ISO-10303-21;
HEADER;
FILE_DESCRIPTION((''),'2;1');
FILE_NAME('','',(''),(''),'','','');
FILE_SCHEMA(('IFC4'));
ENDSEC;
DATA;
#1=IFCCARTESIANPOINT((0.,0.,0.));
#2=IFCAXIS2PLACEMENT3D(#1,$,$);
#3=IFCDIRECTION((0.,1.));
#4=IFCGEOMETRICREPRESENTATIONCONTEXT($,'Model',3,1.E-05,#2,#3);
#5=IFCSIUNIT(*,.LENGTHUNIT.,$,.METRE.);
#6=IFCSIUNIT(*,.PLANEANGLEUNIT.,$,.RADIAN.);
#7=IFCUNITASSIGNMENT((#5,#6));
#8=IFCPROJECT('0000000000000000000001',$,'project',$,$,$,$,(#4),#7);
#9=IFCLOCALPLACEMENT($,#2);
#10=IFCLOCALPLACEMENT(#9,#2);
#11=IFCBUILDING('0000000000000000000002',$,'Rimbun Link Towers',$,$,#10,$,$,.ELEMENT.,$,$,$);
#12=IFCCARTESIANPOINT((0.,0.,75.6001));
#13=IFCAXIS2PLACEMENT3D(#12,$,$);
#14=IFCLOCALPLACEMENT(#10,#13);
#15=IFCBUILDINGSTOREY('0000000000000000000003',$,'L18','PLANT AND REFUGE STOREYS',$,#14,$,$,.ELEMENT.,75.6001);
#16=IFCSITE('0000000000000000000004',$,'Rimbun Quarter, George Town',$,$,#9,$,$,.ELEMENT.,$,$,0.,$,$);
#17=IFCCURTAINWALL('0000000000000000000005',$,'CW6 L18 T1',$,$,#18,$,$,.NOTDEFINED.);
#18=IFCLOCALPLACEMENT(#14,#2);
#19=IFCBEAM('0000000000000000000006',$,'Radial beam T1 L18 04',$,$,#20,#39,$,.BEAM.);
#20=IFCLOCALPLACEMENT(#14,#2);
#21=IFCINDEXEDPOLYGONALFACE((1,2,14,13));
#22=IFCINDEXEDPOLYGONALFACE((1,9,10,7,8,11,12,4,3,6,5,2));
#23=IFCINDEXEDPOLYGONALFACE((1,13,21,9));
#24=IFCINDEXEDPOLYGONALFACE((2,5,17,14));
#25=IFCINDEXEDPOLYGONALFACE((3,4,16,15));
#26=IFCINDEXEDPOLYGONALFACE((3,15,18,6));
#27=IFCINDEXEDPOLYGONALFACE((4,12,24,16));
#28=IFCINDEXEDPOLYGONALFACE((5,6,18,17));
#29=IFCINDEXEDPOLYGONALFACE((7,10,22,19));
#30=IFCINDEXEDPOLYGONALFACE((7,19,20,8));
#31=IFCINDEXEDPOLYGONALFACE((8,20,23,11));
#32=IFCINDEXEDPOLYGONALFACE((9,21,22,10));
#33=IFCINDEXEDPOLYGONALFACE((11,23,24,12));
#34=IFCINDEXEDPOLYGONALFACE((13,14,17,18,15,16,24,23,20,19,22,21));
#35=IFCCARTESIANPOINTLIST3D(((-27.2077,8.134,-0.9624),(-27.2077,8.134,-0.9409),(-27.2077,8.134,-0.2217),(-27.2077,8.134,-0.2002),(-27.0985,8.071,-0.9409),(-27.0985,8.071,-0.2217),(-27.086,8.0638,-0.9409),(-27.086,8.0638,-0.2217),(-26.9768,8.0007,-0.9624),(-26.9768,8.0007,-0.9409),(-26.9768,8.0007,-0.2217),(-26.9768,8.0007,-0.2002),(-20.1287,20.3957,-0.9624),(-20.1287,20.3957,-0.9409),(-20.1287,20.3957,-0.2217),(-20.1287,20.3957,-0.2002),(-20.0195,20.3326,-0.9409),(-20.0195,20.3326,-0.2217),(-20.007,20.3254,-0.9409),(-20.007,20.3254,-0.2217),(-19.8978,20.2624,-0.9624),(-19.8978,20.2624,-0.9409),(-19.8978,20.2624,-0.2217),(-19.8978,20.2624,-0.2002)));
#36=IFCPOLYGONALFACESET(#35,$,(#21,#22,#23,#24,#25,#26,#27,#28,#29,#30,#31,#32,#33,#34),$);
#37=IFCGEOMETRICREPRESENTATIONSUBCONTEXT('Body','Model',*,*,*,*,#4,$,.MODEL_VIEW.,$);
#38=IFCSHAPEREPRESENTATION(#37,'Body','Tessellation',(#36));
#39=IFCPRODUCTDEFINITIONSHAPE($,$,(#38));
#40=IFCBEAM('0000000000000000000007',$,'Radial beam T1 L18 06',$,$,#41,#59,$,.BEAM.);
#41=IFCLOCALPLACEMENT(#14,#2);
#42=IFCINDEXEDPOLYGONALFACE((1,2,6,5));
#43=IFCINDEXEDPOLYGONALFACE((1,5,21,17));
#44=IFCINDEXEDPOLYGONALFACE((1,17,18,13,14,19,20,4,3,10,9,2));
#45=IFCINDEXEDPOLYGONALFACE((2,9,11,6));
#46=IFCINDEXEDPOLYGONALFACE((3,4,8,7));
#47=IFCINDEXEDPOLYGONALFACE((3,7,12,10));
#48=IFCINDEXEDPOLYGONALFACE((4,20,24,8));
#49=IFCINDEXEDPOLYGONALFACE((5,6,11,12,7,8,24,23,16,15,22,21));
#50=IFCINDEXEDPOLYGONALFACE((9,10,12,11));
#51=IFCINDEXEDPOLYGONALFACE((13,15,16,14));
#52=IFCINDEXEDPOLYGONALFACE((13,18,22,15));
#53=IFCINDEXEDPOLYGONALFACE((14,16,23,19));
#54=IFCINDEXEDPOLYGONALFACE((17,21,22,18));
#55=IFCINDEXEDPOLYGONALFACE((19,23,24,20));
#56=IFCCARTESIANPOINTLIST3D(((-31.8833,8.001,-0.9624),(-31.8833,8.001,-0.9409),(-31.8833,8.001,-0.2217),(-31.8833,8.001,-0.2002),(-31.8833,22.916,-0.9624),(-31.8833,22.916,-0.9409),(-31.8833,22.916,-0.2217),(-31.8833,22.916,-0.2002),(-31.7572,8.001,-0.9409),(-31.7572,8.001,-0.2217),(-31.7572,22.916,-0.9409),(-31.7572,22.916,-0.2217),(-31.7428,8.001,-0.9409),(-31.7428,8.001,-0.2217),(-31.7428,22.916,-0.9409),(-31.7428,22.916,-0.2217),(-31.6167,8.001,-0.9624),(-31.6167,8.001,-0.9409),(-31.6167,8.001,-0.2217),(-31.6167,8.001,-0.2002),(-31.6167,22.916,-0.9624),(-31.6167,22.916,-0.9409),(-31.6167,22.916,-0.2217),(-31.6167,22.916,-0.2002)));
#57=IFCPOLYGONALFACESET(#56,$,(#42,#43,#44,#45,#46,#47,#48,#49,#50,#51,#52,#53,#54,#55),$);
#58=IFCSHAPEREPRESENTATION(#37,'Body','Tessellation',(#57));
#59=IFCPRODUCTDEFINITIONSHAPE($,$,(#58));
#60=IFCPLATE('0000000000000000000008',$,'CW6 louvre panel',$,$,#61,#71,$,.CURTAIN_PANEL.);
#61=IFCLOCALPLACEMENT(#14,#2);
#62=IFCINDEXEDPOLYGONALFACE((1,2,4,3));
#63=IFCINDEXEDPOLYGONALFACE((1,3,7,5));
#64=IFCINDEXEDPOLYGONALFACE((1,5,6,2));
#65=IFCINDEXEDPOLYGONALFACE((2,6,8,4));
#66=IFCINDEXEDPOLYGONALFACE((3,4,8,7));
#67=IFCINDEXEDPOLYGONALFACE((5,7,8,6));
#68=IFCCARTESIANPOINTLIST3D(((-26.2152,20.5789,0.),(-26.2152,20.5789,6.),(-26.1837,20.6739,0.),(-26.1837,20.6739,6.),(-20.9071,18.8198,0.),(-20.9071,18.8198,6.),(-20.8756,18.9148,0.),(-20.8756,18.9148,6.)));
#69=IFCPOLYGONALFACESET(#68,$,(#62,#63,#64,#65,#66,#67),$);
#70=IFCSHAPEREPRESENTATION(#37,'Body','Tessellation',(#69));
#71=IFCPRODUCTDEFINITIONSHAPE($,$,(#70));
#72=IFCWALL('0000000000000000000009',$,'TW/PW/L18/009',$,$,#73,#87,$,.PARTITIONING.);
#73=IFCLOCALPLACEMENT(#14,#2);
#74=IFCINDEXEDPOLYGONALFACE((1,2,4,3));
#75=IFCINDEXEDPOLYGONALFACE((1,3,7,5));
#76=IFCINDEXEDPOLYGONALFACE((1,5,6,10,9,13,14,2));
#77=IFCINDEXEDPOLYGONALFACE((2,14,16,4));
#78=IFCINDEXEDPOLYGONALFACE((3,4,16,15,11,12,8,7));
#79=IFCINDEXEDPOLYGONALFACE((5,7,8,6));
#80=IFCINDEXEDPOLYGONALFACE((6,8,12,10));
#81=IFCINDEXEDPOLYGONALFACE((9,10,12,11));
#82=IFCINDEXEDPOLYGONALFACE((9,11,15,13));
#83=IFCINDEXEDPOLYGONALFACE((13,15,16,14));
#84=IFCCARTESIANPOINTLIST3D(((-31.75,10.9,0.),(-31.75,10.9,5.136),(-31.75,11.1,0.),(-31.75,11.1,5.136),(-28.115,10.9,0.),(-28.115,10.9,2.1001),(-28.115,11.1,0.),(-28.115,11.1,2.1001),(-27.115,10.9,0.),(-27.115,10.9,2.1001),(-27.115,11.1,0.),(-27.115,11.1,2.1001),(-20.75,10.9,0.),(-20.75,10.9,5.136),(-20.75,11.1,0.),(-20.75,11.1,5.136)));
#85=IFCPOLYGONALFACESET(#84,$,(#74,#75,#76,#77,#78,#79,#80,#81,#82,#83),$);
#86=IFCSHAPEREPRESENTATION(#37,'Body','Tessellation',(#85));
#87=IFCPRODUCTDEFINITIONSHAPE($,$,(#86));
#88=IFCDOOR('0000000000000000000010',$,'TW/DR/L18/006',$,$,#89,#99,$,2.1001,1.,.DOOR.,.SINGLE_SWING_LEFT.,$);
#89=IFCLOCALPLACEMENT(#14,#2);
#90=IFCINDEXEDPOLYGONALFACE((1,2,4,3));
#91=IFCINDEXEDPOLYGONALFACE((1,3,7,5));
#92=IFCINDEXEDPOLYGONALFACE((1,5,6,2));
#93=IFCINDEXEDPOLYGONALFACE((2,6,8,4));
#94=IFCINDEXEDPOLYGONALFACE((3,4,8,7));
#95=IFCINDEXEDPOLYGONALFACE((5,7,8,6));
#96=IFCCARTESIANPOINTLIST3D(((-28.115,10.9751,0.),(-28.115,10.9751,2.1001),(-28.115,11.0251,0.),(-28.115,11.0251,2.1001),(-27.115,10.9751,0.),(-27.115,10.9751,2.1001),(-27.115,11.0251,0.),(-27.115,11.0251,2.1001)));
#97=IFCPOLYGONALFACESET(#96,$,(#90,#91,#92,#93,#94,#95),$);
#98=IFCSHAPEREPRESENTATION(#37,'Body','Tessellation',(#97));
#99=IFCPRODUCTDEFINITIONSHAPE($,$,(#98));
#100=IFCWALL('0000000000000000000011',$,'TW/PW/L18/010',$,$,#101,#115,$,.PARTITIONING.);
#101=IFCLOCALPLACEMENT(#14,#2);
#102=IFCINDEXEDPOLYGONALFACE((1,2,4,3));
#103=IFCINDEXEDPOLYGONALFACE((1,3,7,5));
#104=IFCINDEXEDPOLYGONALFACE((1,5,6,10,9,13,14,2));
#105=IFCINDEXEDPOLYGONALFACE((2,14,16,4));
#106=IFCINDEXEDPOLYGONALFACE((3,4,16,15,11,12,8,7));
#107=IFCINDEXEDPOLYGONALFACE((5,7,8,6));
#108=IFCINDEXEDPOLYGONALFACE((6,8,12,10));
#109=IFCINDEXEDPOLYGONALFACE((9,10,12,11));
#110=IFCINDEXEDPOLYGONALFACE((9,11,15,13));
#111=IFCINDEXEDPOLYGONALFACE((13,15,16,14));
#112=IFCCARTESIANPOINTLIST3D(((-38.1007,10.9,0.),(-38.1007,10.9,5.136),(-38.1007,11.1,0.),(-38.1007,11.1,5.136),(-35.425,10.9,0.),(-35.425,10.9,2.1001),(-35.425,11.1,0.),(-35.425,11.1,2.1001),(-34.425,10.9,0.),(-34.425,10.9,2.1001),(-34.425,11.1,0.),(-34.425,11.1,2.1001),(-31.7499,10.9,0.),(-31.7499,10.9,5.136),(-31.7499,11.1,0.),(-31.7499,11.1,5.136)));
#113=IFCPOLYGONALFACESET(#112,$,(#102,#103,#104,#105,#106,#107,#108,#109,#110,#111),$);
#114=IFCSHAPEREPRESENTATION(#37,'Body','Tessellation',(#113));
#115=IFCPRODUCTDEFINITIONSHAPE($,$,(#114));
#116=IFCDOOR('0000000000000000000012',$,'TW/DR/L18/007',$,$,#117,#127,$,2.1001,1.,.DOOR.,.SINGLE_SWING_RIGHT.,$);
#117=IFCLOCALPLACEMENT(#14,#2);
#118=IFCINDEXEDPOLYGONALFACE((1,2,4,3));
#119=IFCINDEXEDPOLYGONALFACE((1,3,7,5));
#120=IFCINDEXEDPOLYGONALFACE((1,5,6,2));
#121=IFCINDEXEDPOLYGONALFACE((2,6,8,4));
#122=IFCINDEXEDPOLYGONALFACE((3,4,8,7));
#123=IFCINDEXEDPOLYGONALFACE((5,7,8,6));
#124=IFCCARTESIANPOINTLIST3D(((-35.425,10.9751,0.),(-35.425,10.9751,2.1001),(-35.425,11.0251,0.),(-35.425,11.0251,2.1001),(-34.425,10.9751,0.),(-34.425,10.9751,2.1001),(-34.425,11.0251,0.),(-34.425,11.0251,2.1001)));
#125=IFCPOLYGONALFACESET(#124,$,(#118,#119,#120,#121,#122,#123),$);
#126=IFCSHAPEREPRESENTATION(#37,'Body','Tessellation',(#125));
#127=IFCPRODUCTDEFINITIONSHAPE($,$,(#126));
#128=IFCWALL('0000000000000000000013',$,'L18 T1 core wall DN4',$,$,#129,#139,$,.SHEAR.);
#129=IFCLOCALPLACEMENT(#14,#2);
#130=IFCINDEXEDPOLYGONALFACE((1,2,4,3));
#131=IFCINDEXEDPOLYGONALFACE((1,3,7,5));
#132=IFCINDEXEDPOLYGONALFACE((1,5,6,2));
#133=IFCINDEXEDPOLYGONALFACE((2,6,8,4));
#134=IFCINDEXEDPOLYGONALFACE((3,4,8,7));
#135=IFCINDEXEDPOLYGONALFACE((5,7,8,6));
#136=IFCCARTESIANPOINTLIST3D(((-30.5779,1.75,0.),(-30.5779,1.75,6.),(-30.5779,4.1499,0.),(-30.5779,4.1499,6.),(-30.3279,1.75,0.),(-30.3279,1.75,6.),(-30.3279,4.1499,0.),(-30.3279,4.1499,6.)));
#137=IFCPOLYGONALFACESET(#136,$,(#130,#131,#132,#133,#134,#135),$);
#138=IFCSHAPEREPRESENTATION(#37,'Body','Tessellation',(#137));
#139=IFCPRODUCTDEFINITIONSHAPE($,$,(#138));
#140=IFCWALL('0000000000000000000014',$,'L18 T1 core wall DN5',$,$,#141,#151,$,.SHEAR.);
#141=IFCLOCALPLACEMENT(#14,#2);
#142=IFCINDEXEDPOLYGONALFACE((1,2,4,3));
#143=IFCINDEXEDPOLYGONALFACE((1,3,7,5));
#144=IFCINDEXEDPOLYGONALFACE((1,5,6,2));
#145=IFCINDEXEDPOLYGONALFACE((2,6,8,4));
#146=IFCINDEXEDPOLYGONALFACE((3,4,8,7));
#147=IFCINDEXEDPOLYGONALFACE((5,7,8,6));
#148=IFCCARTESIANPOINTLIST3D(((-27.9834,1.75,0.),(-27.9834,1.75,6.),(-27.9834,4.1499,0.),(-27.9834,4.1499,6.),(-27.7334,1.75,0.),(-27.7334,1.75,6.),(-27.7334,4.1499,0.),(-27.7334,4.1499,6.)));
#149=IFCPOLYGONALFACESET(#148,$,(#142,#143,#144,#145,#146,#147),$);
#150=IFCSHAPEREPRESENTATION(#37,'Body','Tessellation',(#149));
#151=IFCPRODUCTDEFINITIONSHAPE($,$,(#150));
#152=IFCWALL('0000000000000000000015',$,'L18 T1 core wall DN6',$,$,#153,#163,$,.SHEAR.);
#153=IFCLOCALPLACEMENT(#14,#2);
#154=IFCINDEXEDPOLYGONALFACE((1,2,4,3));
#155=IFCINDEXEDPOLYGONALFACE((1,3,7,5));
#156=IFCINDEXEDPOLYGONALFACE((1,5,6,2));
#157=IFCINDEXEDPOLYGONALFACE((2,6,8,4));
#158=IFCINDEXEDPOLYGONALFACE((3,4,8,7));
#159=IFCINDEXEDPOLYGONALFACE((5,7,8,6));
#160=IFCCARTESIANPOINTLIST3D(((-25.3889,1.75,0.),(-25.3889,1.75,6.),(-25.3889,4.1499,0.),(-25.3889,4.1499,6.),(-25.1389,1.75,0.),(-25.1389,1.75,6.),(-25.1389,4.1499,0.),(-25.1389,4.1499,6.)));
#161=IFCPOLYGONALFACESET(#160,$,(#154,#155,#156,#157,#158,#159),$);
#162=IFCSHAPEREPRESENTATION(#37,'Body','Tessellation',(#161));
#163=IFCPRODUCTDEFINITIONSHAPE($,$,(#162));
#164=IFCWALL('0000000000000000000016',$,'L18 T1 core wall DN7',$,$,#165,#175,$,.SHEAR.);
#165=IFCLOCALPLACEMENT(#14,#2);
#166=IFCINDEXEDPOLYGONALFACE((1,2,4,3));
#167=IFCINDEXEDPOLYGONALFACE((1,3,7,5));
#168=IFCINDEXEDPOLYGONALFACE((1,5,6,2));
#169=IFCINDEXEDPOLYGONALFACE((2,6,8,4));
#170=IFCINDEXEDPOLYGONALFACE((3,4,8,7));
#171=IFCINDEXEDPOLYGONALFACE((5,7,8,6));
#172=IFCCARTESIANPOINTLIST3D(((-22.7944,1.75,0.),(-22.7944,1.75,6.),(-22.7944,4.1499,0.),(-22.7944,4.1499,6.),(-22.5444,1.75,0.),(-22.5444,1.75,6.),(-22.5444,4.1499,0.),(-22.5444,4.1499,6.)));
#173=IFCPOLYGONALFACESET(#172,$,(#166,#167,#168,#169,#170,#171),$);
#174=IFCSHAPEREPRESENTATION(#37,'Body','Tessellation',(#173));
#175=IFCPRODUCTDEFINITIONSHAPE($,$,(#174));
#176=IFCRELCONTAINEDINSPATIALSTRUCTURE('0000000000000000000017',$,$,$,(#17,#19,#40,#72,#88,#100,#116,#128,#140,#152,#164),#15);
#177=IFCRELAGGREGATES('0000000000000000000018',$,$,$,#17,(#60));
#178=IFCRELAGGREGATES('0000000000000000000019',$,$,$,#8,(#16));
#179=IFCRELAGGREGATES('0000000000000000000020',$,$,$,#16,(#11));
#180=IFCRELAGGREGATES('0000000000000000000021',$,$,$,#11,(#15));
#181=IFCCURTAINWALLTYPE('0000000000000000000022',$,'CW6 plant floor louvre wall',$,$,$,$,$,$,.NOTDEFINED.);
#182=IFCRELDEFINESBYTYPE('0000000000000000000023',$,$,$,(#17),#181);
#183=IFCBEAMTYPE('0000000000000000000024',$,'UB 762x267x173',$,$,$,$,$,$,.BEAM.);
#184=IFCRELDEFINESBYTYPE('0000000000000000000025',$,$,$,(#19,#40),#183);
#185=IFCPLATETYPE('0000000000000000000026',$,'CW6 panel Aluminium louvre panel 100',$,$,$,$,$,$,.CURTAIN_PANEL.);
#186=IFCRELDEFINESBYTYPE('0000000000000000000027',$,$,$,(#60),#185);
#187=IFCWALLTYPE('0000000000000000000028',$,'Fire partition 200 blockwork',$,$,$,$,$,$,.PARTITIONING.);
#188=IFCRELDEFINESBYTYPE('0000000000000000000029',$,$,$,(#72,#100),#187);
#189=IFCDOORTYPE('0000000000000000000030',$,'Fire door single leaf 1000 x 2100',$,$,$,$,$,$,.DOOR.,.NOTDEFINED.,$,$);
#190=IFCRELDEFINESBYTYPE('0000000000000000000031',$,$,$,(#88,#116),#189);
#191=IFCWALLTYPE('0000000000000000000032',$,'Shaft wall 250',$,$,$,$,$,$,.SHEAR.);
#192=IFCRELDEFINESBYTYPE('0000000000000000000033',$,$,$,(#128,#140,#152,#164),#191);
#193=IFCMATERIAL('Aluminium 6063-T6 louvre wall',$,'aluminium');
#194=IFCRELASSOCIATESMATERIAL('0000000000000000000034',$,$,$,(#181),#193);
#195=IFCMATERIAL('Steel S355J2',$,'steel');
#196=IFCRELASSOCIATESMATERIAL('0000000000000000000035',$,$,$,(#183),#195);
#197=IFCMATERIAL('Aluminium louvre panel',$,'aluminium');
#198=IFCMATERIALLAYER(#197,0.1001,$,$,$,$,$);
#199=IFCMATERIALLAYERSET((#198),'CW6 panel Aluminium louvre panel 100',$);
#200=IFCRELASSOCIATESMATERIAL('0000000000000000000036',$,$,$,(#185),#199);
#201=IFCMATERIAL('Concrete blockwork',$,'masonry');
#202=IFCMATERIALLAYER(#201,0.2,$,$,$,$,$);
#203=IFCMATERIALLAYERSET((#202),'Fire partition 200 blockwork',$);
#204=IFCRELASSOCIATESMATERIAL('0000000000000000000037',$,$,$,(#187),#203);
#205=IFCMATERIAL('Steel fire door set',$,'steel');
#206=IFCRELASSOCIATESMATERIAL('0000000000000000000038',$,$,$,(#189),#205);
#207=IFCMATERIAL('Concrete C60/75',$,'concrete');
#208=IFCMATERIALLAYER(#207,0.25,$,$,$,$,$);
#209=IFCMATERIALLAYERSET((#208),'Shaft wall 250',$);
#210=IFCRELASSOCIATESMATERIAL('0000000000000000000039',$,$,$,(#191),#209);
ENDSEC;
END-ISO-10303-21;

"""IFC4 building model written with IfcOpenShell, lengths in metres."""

from ifc_helpers import new_model, si_unit, direction, frame, frame_2d, origin, origin_2d, place, context, subcontext, project, spatial, rectangle, i_section, extrude, material, layer, layer_set, material_profile, profile_set, type_object, element, fill, aggregate, save


model = new_model("IFC4")

# Units and contexts
model_context = context("Model", 3, precision=1e-05, world=origin(), true_north=direction((0.0, 1.0)))
body_context = subcontext(model_context, "Body", "Model", "MODEL_VIEW")
ifc_project = project(units=[si_unit("LENGTHUNIT", "METRE"), si_unit("PLANEANGLEUNIT", "RADIAN")], contexts=[model_context])

# Site, building, storey
site_placement = place(None, origin())
site = spatial("IfcSite", under=ifc_project, at=site_placement, Name="Rimbun Quarter, George Town", CompositionType="ELEMENT", RefElevation=0.0)
building_placement = place(site_placement, origin())
building = spatial("IfcBuilding", under=site, at=building_placement, Name="Rimbun Link Towers", CompositionType="ELEMENT")
storey_placement = place(building_placement, frame((0.0, 0.0, 75.6001)))
storey = spatial("IfcBuildingStorey", under=building, at=storey_placement, Name="L18", Description="PLANT AND REFUGE STOREYS", CompositionType="ELEMENT", Elevation=75.6001)

# Curtain wall
ifc_material_1 = material(Name="Aluminium 6063-T6 louvre wall", Category="aluminium")
curtain_wall_type = type_object("IfcCurtainWallType", Name="CW6 plant floor louvre wall", PredefinedType="NOTDEFINED", material=ifc_material_1)
curtain_wall_placement = place(storey_placement, origin())
curtain_wall = element("IfcCurtainWall", 1, at=curtain_wall_placement, inside=storey, type_object=curtain_wall_type, Name="CW6 L18 T1", PredefinedType="NOTDEFINED")

# Beams
ifc_material_2 = material(Name="Steel S355J2", Category="steel")
ifc_material_profile_1 = material_profile(ifc_material_2, i_section(OverallWidth=0.2666, OverallDepth=0.7622, WebThickness=0.0144, FlangeThickness=0.0215, at=origin_2d()), Name="UB 762x267x173")
ifc_profile_set_1 = profile_set([ifc_material_profile_1], Name="Steel S355J2")
beam_type_1 = type_object("IfcBeamType", Name="UB 762x267x173", PredefinedType="BEAM", material=ifc_profile_set_1)
beam_1_placement = place(storey_placement, frame((-27.0923, 8.0674, -0.5813), z_axis=(0.499989, 0.866032, 0.0), x_axis=(-0.866032, 0.499989, 0.0)))
element("IfcBeam", 2, at=beam_1_placement, inside=storey, type_object=beam_type_1, Name="Radial beam T1 L18 04", PredefinedType="BEAM", context=body_context, shape_type="SweptSolid", body=[
    extrude(i_section(OverallWidth=0.2666, OverallDepth=0.7622, WebThickness=0.0144, FlangeThickness=0.0215, at=origin_2d()), origin(), (0.0, 0.0, 1.0), 14.1584),
])
beam_2_placement = place(storey_placement, frame((-31.75, 8.001, -0.5813), z_axis=(0.0, 1.0, 0.0), x_axis=(-1.0, 0.0, 0.0)))
element("IfcBeam", 3, at=beam_2_placement, inside=storey, type_object=beam_type_1, Name="Radial beam T1 L18 06", PredefinedType="BEAM", context=body_context, shape_type="SweptSolid", body=[
    extrude(i_section(OverallWidth=0.2666, OverallDepth=0.7622, WebThickness=0.0144, FlangeThickness=0.0215, at=origin_2d()), origin(), (0.0, 0.0, 1.0), 14.915),
])

# Plate
ifc_material_3 = material(Name="Aluminium louvre panel", Category="aluminium")
ifc_layer_1 = layer(ifc_material_3, 0.1001)
ifc_layer_set_1 = layer_set([ifc_layer_1], Name="CW6 panel Aluminium louvre panel 100")
plate_type = type_object("IfcPlateType", Name="CW6 panel Aluminium louvre panel 100", PredefinedType="CURTAIN_PANEL", material=ifc_layer_set_1)
plate_placement = place(storey_placement, frame((-23.5454, 19.7468, 0.0), z_axis=(0.0, 0.0, 1.0), x_axis=(0.949232, -0.314576, 0.0)))
plate = element("IfcPlate", 4, at=plate_placement, type_object=plate_type, Name="CW6 louvre panel", PredefinedType="CURTAIN_PANEL", context=body_context, shape_type="SweptSolid", body=[
    extrude(rectangle(XDim=5.592, YDim=0.1001, at=origin_2d()), origin(), (0.0, 0.0, 1.0), 6.0),
])
aggregate(curtain_wall, [plate])

# Walls, openings, doors
ifc_material_4 = material(Name="Concrete blockwork", Category="masonry")
ifc_layer_2 = layer(ifc_material_4, 0.2)
ifc_layer_set_2 = layer_set([ifc_layer_2], Name="Fire partition 200 blockwork")
wall_type_1 = type_object("IfcWallType", Name="Fire partition 200 blockwork", PredefinedType="PARTITIONING", material=ifc_layer_set_2)
wall_1_placement = place(storey_placement, frame((-20.75, 11.0, 0.0), z_axis=(0.0, 0.0, 1.0), x_axis=(-1.0, 0.0, 0.0)))
wall_1 = element("IfcWall", 5, at=wall_1_placement, inside=storey, type_object=wall_type_1, Name="TW/PW/L18/009", PredefinedType="PARTITIONING", context=body_context, shape_type="SweptSolid", body=[
    extrude(rectangle(XDim=11.0, YDim=0.2, at=frame_2d((5.5, 0.0))), origin(), (0.0, 0.0, 1.0), 5.136),
])
opening_1_placement = place(wall_1_placement, frame((6.365, 0.0, 0.0)))
opening_1 = element("IfcOpeningElement", 6, at=opening_1_placement, cuts=wall_1, PredefinedType="OPENING", context=body_context, shape_type="SweptSolid", body=[
    extrude(rectangle(XDim=1.0, YDim=2.1001, at=frame_2d((0.5, 1.05))), frame((0.0, 0.1099, 0.0), z_axis=(0.0, -1.0, 0.0), x_axis=(1.0, 0.0, 0.0)), (0.0, 0.0, 1.0), 0.22),
])
ifc_material_5 = material(Name="Steel fire door set", Category="steel")
door_type_1 = type_object("IfcDoorType", Name="Fire door single leaf 1000 x 2100", OperationType="NOTDEFINED", PredefinedType="DOOR", material=ifc_material_5)
door_1_placement = place(opening_1_placement, origin())
door_1 = element("IfcDoor", 7, at=door_1_placement, inside=storey, type_object=door_type_1, Name="TW/DR/L18/006", OperationType="SINGLE_SWING_LEFT", OverallHeight=2.1001, OverallWidth=1.0, PredefinedType="DOOR", context=body_context, shape_type="SweptSolid", body=[
    extrude(rectangle(XDim=1.0, YDim=2.1001, at=frame_2d((0.5, 1.05))), frame((0.0, 0.0249, 0.0), z_axis=(0.0, -1.0, 0.0), x_axis=(1.0, 0.0, 0.0)), (0.0, 0.0, 1.0), 0.05),
])
fill(opening_1, door_1)
wall_2_placement = place(storey_placement, frame((-31.75, 11.0, 0.0), z_axis=(0.0, 0.0, 1.0), x_axis=(-1.0, 0.0, 0.0)))
wall_2 = element("IfcWall", 8, at=wall_2_placement, inside=storey, type_object=wall_type_1, Name="TW/PW/L18/010", PredefinedType="PARTITIONING", context=body_context, shape_type="SweptSolid", body=[
    extrude(rectangle(XDim=6.3508, YDim=0.2, at=frame_2d((3.1753, 0.0))), origin(), (0.0, 0.0, 1.0), 5.136),
])
opening_2_placement = place(wall_2_placement, frame((2.675, 0.0, 0.0)))
opening_2 = element("IfcOpeningElement", 9, at=opening_2_placement, cuts=wall_2, PredefinedType="OPENING", context=body_context, shape_type="SweptSolid", body=[
    extrude(rectangle(XDim=1.0, YDim=2.1001, at=frame_2d((0.5, 1.05))), frame((0.0, 0.1099, 0.0), z_axis=(0.0, -1.0, 0.0), x_axis=(1.0, 0.0, 0.0)), (0.0, 0.0, 1.0), 0.22),
])
door_2_placement = place(opening_2_placement, origin())
door_2 = element("IfcDoor", 10, at=door_2_placement, inside=storey, type_object=door_type_1, Name="TW/DR/L18/007", OperationType="SINGLE_SWING_RIGHT", OverallHeight=2.1001, OverallWidth=1.0, PredefinedType="DOOR", context=body_context, shape_type="SweptSolid", body=[
    extrude(rectangle(XDim=1.0, YDim=2.1001, at=frame_2d((0.5, 1.05))), frame((0.0, 0.0249, 0.0), z_axis=(0.0, -1.0, 0.0), x_axis=(1.0, 0.0, 0.0)), (0.0, 0.0, 1.0), 0.05),
])
fill(opening_2, door_2)

# Walls
ifc_material_6 = material(Name="Concrete C60/75", Category="concrete")
ifc_layer_3 = layer(ifc_material_6, 0.25)
ifc_layer_set_3 = layer_set([ifc_layer_3], Name="Shaft wall 250")
wall_type_2 = type_object("IfcWallType", Name="Shaft wall 250", PredefinedType="SHEAR", material=ifc_layer_set_3)
for number, where, z_axis, x_axis, name in (
    (11, (-30.4529, 1.75, 0.0), (0.0, 0.0, 1.0), (0.0, 1.0, 0.0), "L18 T1 core wall DN4"),
    (12, (-27.8584, 1.75, 0.0), (0.0, 0.0, 1.0), (0.0, 1.0, 0.0), "L18 T1 core wall DN5"),
    (13, (-25.2639, 1.75, 0.0), (0.0, 0.0, 1.0), (0.0, 1.0, 0.0), "L18 T1 core wall DN6"),
    (14, (-22.6694, 1.75, 0.0), (0.0, 0.0, 1.0), (0.0, 1.0, 0.0), "L18 T1 core wall DN7"),
):
    element("IfcWall", number, at=place(storey_placement, frame(where, z_axis=z_axis, x_axis=x_axis)), inside=storey, type_object=wall_type_2, Name=name, PredefinedType="SHEAR", context=body_context, shape_type="SweptSolid", body=[
        extrude(rectangle(XDim=2.3999, YDim=0.25, at=frame_2d((1.2, 0.0))), origin(), (0.0, 0.0, 1.0), 6.0),
    ])

save(model, "model.ifc")
